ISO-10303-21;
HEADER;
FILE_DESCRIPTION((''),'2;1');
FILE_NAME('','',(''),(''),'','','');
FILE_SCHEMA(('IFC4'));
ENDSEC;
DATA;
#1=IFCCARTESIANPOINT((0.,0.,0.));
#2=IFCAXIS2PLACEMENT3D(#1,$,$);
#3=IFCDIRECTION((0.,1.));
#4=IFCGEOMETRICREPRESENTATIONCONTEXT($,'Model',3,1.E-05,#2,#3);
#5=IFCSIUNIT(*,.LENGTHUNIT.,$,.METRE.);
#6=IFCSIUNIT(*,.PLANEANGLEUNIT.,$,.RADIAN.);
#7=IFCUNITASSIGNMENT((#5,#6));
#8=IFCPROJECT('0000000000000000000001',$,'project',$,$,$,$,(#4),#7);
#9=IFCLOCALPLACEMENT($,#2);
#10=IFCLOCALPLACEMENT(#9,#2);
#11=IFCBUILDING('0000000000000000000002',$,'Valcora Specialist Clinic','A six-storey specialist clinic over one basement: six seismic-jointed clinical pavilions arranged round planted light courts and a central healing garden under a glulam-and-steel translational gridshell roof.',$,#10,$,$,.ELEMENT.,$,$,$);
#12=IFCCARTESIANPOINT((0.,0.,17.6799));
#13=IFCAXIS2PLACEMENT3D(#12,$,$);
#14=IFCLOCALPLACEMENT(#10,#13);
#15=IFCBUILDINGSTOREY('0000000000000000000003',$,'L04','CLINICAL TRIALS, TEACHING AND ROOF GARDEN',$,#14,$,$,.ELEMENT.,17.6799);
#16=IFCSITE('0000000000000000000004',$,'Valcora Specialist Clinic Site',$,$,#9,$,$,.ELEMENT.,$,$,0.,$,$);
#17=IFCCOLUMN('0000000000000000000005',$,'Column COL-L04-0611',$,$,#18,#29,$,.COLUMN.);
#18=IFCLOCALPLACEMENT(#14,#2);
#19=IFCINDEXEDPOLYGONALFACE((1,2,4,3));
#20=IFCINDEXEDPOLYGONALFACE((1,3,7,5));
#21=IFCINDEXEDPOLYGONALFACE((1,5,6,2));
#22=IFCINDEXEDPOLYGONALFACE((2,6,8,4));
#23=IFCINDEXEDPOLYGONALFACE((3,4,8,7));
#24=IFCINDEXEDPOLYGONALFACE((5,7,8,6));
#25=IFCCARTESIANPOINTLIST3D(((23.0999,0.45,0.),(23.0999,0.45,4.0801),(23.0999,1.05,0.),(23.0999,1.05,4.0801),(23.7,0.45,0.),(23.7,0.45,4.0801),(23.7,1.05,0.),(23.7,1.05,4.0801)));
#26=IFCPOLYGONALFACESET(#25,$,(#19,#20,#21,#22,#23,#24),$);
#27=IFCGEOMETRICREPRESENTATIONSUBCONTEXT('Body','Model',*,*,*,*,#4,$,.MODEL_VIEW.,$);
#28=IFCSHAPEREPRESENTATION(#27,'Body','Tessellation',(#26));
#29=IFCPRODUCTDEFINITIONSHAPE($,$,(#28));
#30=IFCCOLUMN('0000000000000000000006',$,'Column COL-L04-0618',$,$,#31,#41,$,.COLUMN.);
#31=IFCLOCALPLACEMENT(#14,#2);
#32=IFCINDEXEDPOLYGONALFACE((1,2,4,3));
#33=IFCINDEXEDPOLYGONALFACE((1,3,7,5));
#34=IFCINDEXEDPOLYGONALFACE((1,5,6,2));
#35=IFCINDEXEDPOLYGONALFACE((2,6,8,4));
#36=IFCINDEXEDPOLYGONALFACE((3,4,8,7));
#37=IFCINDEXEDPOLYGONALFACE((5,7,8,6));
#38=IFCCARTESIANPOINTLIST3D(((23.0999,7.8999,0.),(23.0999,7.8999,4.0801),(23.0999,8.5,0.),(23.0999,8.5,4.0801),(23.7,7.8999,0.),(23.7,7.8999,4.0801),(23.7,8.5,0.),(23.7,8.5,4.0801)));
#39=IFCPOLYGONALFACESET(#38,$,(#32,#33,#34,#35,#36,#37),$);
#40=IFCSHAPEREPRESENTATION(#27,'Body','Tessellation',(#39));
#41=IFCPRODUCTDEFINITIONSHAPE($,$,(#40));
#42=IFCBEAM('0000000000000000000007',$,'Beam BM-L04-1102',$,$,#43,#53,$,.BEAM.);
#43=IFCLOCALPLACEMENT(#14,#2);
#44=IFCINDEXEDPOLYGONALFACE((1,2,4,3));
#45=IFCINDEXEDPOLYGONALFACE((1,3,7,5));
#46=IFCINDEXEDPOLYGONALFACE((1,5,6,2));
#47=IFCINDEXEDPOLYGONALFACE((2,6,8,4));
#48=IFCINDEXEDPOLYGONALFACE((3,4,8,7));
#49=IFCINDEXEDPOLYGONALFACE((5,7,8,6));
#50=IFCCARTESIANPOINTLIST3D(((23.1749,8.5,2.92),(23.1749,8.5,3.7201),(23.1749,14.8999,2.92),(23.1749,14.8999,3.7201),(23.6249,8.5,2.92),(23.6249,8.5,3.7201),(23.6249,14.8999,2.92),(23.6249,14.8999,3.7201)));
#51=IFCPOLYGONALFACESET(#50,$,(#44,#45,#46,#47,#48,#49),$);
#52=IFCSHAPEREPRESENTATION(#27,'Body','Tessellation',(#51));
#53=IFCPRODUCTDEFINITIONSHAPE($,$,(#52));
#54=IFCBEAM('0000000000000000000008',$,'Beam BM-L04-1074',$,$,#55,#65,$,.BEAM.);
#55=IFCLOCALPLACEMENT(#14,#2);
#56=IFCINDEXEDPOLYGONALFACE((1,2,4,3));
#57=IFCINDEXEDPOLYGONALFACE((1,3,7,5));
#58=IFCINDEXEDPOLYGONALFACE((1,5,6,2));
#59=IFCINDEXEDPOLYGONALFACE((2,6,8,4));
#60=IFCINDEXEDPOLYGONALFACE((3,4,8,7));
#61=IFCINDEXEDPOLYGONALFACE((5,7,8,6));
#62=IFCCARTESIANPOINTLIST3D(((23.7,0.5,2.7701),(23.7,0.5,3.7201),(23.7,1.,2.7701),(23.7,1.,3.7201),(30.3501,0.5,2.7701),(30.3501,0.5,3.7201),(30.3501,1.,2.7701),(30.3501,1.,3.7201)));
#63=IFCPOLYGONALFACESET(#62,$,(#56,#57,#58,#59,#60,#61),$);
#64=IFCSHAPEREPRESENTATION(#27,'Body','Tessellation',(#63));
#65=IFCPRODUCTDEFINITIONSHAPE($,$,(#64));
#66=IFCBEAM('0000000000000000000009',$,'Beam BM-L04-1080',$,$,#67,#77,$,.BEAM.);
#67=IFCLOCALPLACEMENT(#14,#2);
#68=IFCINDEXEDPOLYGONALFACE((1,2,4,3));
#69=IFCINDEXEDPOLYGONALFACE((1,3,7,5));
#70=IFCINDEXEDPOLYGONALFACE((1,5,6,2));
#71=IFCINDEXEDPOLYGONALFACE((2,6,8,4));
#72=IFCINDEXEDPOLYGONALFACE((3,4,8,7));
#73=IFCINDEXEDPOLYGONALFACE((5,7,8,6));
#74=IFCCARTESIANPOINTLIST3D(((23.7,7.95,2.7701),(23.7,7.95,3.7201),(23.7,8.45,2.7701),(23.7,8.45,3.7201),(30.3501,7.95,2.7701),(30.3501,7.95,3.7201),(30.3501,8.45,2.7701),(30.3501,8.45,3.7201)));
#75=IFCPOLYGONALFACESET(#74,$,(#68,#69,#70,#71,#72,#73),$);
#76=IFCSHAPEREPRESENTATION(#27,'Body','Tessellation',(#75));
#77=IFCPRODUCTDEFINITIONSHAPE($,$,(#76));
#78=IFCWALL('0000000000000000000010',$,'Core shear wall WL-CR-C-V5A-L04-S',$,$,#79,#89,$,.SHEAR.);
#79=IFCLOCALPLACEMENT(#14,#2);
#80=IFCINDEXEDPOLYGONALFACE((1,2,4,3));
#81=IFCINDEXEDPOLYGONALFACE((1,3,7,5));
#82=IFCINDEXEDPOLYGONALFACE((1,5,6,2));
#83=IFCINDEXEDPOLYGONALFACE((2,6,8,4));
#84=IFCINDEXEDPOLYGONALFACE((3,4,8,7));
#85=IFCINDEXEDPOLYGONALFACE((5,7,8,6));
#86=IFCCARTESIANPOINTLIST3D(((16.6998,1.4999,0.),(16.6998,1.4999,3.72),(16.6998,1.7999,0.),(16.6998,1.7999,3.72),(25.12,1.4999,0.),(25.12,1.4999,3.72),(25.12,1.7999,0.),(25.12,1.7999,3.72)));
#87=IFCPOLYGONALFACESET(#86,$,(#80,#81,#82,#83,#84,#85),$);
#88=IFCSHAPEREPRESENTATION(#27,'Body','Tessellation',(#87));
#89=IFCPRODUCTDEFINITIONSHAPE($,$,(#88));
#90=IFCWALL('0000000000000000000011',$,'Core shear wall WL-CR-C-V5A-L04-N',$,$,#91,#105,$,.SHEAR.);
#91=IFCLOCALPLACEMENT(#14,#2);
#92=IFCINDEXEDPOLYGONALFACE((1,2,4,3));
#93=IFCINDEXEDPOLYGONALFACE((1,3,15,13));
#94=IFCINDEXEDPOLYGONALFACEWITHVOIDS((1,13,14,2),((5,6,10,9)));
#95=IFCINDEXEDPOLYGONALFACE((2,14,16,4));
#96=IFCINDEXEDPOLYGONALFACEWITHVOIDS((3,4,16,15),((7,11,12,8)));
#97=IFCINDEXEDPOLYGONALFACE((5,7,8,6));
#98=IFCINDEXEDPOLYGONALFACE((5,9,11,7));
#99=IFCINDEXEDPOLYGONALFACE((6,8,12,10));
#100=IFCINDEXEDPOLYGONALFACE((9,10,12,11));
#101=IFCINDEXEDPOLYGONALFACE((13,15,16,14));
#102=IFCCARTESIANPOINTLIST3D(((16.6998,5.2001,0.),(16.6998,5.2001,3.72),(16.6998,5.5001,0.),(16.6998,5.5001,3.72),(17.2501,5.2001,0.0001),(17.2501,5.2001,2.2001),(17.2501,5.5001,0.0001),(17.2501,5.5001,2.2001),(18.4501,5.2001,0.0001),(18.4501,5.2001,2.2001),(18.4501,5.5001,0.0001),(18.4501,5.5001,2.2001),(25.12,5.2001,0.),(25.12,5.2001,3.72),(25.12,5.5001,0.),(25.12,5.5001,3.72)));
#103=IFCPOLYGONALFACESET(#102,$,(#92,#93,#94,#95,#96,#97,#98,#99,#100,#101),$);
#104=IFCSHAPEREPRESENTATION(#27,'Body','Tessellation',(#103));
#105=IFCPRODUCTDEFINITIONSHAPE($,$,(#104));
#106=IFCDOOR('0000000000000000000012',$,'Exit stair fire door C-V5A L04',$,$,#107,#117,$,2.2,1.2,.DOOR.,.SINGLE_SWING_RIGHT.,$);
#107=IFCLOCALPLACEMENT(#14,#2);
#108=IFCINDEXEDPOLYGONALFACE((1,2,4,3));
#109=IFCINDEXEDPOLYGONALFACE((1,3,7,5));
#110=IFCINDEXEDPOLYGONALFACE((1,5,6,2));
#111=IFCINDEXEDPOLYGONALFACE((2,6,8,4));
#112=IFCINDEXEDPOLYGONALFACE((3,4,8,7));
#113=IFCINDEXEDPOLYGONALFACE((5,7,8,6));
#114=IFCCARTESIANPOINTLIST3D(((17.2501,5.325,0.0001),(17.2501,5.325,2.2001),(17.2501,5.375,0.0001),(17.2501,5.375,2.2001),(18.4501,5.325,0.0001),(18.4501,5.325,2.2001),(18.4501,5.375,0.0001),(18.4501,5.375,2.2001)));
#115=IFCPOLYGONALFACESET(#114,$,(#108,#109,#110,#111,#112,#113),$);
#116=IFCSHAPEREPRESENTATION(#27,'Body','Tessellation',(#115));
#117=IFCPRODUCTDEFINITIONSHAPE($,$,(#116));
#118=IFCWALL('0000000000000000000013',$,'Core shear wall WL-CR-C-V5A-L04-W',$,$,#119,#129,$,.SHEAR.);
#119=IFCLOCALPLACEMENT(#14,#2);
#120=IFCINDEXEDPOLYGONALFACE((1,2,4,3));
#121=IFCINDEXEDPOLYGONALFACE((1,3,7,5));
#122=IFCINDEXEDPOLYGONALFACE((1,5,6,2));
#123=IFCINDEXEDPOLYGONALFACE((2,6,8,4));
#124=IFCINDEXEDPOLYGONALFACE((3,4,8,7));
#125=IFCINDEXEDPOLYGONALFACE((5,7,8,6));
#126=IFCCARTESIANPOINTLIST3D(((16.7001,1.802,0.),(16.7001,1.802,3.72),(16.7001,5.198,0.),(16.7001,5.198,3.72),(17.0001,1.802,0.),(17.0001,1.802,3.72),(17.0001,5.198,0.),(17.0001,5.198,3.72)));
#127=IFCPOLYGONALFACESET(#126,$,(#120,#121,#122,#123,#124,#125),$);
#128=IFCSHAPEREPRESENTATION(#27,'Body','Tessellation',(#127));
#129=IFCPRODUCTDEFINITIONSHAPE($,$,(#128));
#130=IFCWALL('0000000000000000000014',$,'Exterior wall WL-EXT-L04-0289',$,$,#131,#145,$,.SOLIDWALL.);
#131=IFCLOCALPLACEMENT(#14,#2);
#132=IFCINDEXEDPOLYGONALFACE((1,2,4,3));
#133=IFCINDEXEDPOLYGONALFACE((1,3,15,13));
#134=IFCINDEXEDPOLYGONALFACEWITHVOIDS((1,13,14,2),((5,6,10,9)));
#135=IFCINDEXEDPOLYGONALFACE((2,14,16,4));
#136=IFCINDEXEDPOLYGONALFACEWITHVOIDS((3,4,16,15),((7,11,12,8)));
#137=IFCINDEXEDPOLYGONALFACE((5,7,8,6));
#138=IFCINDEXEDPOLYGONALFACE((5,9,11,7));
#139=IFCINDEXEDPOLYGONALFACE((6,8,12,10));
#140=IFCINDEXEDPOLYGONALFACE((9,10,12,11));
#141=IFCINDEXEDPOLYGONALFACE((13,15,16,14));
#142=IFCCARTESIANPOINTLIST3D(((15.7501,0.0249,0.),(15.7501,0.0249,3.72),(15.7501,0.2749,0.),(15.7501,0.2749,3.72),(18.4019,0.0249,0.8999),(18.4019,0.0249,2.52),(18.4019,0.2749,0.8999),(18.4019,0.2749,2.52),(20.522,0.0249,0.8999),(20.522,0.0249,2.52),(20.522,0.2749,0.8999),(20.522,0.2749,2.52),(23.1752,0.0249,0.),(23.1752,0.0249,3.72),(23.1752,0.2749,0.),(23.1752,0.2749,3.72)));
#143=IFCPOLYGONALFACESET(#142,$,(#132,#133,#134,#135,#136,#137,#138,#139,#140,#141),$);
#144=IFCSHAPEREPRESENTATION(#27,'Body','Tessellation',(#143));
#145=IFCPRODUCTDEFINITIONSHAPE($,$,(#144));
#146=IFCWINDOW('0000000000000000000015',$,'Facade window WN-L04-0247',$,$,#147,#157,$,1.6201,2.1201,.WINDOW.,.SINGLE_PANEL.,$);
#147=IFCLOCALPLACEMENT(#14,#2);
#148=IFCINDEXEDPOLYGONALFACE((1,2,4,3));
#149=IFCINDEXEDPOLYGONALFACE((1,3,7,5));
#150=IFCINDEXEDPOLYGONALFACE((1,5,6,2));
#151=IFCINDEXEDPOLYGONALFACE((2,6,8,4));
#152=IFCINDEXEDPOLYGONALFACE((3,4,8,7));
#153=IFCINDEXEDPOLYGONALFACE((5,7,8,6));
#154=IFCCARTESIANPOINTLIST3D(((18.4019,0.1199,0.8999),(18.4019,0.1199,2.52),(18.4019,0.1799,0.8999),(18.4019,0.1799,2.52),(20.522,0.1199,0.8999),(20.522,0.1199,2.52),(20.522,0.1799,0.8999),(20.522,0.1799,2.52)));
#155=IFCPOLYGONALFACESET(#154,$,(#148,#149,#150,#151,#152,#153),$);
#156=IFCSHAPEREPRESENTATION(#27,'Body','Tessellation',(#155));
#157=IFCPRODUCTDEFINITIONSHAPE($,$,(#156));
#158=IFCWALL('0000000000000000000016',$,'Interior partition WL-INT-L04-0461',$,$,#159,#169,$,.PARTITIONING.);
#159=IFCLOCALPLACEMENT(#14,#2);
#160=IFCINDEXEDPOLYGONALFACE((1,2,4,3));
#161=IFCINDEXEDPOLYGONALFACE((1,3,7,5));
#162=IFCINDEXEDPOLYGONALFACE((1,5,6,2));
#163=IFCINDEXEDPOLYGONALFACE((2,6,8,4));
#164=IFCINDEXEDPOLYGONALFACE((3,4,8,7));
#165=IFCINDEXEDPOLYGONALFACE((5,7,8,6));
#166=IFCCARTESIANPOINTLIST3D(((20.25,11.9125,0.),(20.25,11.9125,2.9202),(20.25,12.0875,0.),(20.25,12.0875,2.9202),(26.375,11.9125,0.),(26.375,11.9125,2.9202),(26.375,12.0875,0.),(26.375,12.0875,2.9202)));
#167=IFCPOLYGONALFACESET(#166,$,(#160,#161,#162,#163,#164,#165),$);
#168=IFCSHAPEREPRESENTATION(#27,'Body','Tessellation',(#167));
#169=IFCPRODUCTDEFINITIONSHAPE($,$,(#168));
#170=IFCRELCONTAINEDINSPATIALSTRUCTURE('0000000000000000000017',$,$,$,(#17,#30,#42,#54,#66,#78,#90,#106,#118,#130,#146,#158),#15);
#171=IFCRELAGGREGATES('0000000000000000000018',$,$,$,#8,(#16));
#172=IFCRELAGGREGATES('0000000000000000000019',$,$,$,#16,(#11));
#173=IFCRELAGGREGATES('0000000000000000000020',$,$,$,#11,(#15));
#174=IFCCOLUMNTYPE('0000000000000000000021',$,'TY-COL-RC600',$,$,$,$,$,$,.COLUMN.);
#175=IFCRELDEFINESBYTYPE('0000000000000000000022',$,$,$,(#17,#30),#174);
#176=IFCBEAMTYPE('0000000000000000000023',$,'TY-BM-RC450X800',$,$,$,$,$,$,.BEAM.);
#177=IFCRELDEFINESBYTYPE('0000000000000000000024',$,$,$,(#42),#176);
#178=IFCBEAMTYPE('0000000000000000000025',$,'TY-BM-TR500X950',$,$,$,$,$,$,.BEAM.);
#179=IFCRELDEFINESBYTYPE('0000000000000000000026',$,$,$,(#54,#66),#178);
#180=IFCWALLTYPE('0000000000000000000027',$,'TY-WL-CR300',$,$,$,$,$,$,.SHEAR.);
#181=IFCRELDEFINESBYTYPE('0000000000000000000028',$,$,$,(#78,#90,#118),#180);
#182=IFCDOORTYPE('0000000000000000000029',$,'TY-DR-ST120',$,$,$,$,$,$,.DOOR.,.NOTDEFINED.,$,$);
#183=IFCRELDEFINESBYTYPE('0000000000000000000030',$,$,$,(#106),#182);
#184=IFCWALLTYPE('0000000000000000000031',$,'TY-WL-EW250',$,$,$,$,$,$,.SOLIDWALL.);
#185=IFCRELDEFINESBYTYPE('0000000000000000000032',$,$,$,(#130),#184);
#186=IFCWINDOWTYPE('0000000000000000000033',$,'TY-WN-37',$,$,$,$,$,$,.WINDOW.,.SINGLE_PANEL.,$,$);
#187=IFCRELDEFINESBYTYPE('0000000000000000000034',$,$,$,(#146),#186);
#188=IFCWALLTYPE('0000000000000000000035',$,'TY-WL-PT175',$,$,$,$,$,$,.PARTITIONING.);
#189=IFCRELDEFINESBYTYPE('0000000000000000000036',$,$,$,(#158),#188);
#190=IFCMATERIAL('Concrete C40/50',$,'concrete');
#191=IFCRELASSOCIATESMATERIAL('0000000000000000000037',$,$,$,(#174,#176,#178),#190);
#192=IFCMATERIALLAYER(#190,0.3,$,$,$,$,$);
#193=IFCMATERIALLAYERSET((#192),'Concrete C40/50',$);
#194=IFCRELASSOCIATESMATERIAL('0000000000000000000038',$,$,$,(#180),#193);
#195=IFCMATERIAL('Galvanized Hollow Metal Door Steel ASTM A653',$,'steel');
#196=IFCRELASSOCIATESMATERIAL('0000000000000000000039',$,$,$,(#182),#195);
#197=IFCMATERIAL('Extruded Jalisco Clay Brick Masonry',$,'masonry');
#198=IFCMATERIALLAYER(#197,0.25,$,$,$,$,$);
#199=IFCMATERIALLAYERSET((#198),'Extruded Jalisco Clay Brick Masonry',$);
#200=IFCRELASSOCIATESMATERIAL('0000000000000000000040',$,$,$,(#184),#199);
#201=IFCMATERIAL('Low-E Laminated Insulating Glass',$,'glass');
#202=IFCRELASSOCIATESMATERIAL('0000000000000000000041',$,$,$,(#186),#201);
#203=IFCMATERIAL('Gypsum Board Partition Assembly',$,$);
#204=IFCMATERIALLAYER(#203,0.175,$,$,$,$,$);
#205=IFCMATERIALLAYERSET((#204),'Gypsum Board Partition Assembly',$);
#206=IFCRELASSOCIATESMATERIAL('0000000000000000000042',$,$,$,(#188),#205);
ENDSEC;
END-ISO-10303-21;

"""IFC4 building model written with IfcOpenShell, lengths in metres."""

from ifc_helpers import new_model, si_unit, direction, frame, frame_2d, origin, origin_2d, place, context, subcontext, project, spatial, rectangle, extrude, material, layer, layer_set, material_profile, profile_set, type_object, element, fill, save


model = new_model("IFC4")

# Units and contexts
model_context = context("Model", 3, precision=1e-05, world=origin(), true_north=direction((0.0, 1.0)))
body_context = subcontext(model_context, "Body", "Model", "MODEL_VIEW")
ifc_project = project(units=[si_unit("LENGTHUNIT", "METRE"), si_unit("PLANEANGLEUNIT", "RADIAN")], contexts=[model_context])

# Site, building, storey
site_placement = place(None, origin())
site = spatial("IfcSite", under=ifc_project, at=site_placement, Name="Valcora Specialist Clinic Site", CompositionType="ELEMENT", RefElevation=0.0)
building_placement = place(site_placement, origin())
building = spatial("IfcBuilding", under=site, at=building_placement, Name="Valcora Specialist Clinic", Description="A six-storey specialist clinic over one basement: six seismic-jointed clinical pavilions arranged round planted light courts and a central healing garden under a glulam-and-steel translational gridshell roof.", CompositionType="ELEMENT")
storey_placement = place(building_placement, frame((0.0, 0.0, 17.6799)))
storey = spatial("IfcBuildingStorey", under=building, at=storey_placement, Name="L04", Description="CLINICAL TRIALS, TEACHING AND ROOF GARDEN", CompositionType="ELEMENT", Elevation=17.6799)

# Columns
ifc_material_1 = material(Name="Concrete C40/50", Category="concrete")
ifc_material_profile_1 = material_profile(ifc_material_1, rectangle(XDim=0.6001, YDim=0.6001, at=origin_2d()), Name="RC-COL-600X600")
ifc_profile_set_1 = profile_set([ifc_material_profile_1], Name="Concrete C40/50")
column_type = type_object("IfcColumnType", Name="TY-COL-RC600", PredefinedType="COLUMN", material=ifc_profile_set_1)
for number, where, z_axis, x_axis, name in (
    (1, (23.3999, 0.75, 0.0), (0.0, 0.0, 1.0), (1.0, 0.0, 0.0), "Column COL-L04-0611"),
    (2, (23.3999, 8.2, 0.0), (0.0, 0.0, 1.0), (1.0, 0.0, 0.0), "Column COL-L04-0618"),
):
    element("IfcColumn", number, at=place(storey_placement, frame(where, z_axis=z_axis, x_axis=x_axis)), inside=storey, type_object=column_type, Name=name, PredefinedType="COLUMN", context=body_context, shape_type="SweptSolid", body=[
        extrude(rectangle(XDim=0.6001, YDim=0.6001, at=origin_2d()), origin(), (0.0, 0.0, 1.0), 4.0801),
    ])

# Beams
ifc_material_profile_2 = material_profile(ifc_material_1, rectangle(XDim=0.45, YDim=0.8, at=origin_2d()), Name="RC-BM-450X800")
ifc_profile_set_2 = profile_set([ifc_material_profile_2], Name="Concrete C40/50")
beam_type_1 = type_object("IfcBeamType", Name="TY-BM-RC450X800", PredefinedType="BEAM", material=ifc_profile_set_2)
beam_placement = place(storey_placement, frame((23.3999, 8.5, 3.3201), z_axis=(0.0, 1.0, 0.0), x_axis=(-1.0, 0.0, 0.0)))
element("IfcBeam", 3, at=beam_placement, inside=storey, type_object=beam_type_1, Name="Beam BM-L04-1102", PredefinedType="BEAM", context=body_context, shape_type="SweptSolid", body=[
    extrude(rectangle(XDim=0.45, YDim=0.8, at=origin_2d()), origin(), (0.0, 0.0, 1.0), 6.3999),
])
ifc_material_profile_3 = material_profile(ifc_material_1, rectangle(XDim=0.5, YDim=0.95, at=origin_2d()), Name="RC-BM-500X950")
ifc_profile_set_3 = profile_set([ifc_material_profile_3], Name="Concrete C40/50")
beam_type_2 = type_object("IfcBeamType", Name="TY-BM-TR500X950", PredefinedType="BEAM", material=ifc_profile_set_3)
for number, where, z_axis, x_axis, name in (
    (4, (23.7, 0.75, 3.2451), (1.0, 0.0, 0.0), (0.0, 1.0, 0.0), "Beam BM-L04-1074"),
    (5, (23.7, 8.2, 3.2451), (1.0, 0.0, 0.0), (0.0, 1.0, 0.0), "Beam BM-L04-1080"),
):
    element("IfcBeam", number, at=place(storey_placement, frame(where, z_axis=z_axis, x_axis=x_axis)), inside=storey, type_object=beam_type_2, Name=name, PredefinedType="BEAM", context=body_context, shape_type="SweptSolid", body=[
        extrude(rectangle(XDim=0.5, YDim=0.95, at=origin_2d()), origin(), (0.0, 0.0, 1.0), 6.6501),
    ])

# Wall
ifc_layer_1 = layer(ifc_material_1, 0.3)
ifc_layer_set_1 = layer_set([ifc_layer_1], Name="Concrete C40/50")
wall_type_1 = type_object("IfcWallType", Name="TY-WL-CR300", PredefinedType="SHEAR", material=ifc_layer_set_1)
wall_1_placement = place(storey_placement, frame((16.7, 1.6499, 0.0), z_axis=(0.0, 0.0, 1.0), x_axis=(1.0, 0.0, 0.0)))
element("IfcWall", 6, at=wall_1_placement, inside=storey, type_object=wall_type_1, Name="Core shear wall WL-CR-C-V5A-L04-S", PredefinedType="SHEAR", context=body_context, shape_type="SweptSolid", body=[
    extrude(rectangle(XDim=8.4202, YDim=0.3, at=frame_2d((4.21, 0.0))), origin(), (0.0, 0.0, 1.0), 3.72),
])

# Wall, opening, door
wall_2_placement = place(storey_placement, frame((16.7, 5.3501, 0.0), z_axis=(0.0, 0.0, 1.0), x_axis=(1.0, 0.0, 0.0)))
wall_2 = element("IfcWall", 7, at=wall_2_placement, inside=storey, type_object=wall_type_1, Name="Core shear wall WL-CR-C-V5A-L04-N", PredefinedType="SHEAR", context=body_context, shape_type="SweptSolid", body=[
    extrude(rectangle(XDim=8.4202, YDim=0.3, at=frame_2d((4.21, 0.0))), origin(), (0.0, 0.0, 1.0), 3.72),
])
opening_1_placement = place(wall_2_placement, frame((0.55, 0.0, 0.0)))
opening_1 = element("IfcOpeningElement", 8, at=opening_1_placement, cuts=wall_2, PredefinedType="OPENING", context=body_context, shape_type="SweptSolid", body=[
    extrude(rectangle(XDim=1.2, YDim=2.2, at=frame_2d((0.6001, 1.1001))), frame((0.0, 0.1599, 0.0), z_axis=(0.0, -1.0, 0.0), x_axis=(1.0, 0.0, 0.0)), (0.0, 0.0, 1.0), 0.3201),
])
ifc_material_2 = material(Name="Galvanized Hollow Metal Door Steel ASTM A653", Category="steel")
door_type_1 = type_object("IfcDoorType", Name="TY-DR-ST120", OperationType="NOTDEFINED", PredefinedType="DOOR", material=ifc_material_2)
door_1_placement = place(opening_1_placement, origin())
door_1 = element("IfcDoor", 9, at=door_1_placement, inside=storey, type_object=door_type_1, Name="Exit stair fire door C-V5A L04", OperationType="SINGLE_SWING_RIGHT", OverallHeight=2.2, OverallWidth=1.2, PredefinedType="DOOR", context=body_context, shape_type="SweptSolid", body=[
    extrude(rectangle(XDim=1.2, YDim=2.2, at=frame_2d((0.6001, 1.1001))), frame((0.0, 0.0249, 0.0), z_axis=(0.0, -1.0, 0.0), x_axis=(1.0, 0.0, 0.0)), (0.0, 0.0, 1.0), 0.05),
])
fill(opening_1, door_1)

# Wall
wall_3_placement = place(storey_placement, frame((16.8501, 1.802, 0.0), z_axis=(0.0, 0.0, 1.0), x_axis=(0.0, 1.0, 0.0)))
element("IfcWall", 10, at=wall_3_placement, inside=storey, type_object=wall_type_1, Name="Core shear wall WL-CR-C-V5A-L04-W", PredefinedType="SHEAR", context=body_context, shape_type="SweptSolid", body=[
    extrude(rectangle(XDim=3.396, YDim=0.3, at=frame_2d((1.698, 0.0))), origin(), (0.0, 0.0, 1.0), 3.72),
])

# Wall, opening, window
ifc_material_3 = material(Name="Extruded Jalisco Clay Brick Masonry", Category="masonry")
ifc_layer_2 = layer(ifc_material_3, 0.25)
ifc_layer_set_2 = layer_set([ifc_layer_2], Name="Extruded Jalisco Clay Brick Masonry")
wall_type_2 = type_object("IfcWallType", Name="TY-WL-EW250", PredefinedType="SOLIDWALL", material=ifc_layer_set_2)
wall_4_placement = place(storey_placement, frame((23.175, 0.1499, 0.0), z_axis=(0.0, 0.0, 1.0), x_axis=(-1.0, 0.0, 0.0)))
wall_4 = element("IfcWall", 11, at=wall_4_placement, inside=storey, type_object=wall_type_2, Name="Exterior wall WL-EXT-L04-0289", PredefinedType="SOLIDWALL", context=body_context, shape_type="SweptSolid", body=[
    extrude(rectangle(XDim=7.425, YDim=0.25, at=frame_2d((3.7124, 0.0))), origin(), (0.0, 0.0, 1.0), 3.72),
])
opening_2_placement = place(wall_4_placement, frame((2.6531, 0.0, 0.8999)))
opening_2 = element("IfcOpeningElement", 12, at=opening_2_placement, cuts=wall_4, PredefinedType="OPENING", context=body_context, shape_type="SweptSolid", body=[
    extrude(rectangle(XDim=2.1201, YDim=1.6201, at=frame_2d((1.0601, 0.8101))), frame((0.0, 0.135, 0.0), z_axis=(0.0, -1.0, 0.0), x_axis=(1.0, 0.0, 0.0)), (0.0, 0.0, 1.0), 0.27),
])
ifc_material_4 = material(Name="Low-E Laminated Insulating Glass", Category="glass")
window_type = type_object("IfcWindowType", Name="TY-WN-37", PartitioningType="SINGLE_PANEL", PredefinedType="WINDOW", material=ifc_material_4)
window_placement = place(opening_2_placement, origin())
window = element("IfcWindow", 13, at=window_placement, inside=storey, type_object=window_type, Name="Facade window WN-L04-0247", OverallHeight=1.6201, OverallWidth=2.1201, PartitioningType="SINGLE_PANEL", PredefinedType="WINDOW", context=body_context, shape_type="SweptSolid", body=[
    extrude(rectangle(XDim=2.1201, YDim=1.6201, at=frame_2d((1.0601, 0.8101))), frame((0.0, 0.03, 0.0), z_axis=(0.0, -1.0, 0.0), x_axis=(1.0, 0.0, 0.0)), (0.0, 0.0, 1.0), 0.0601),
])
fill(opening_2, window)

# Wall
ifc_material_5 = material(Name="Gypsum Board Partition Assembly")
ifc_layer_3 = layer(ifc_material_5, 0.175)
ifc_layer_set_3 = layer_set([ifc_layer_3], Name="Gypsum Board Partition Assembly")
wall_type_3 = type_object("IfcWallType", Name="TY-WL-PT175", PredefinedType="PARTITIONING", material=ifc_layer_set_3)
wall_5_placement = place(storey_placement, frame((20.25, 12.0, 0.0), z_axis=(0.0, 0.0, 1.0), x_axis=(1.0, 0.0, 0.0)))
element("IfcWall", 14, at=wall_5_placement, inside=storey, type_object=wall_type_3, Name="Interior partition WL-INT-L04-0461", PredefinedType="PARTITIONING", context=body_context, shape_type="SweptSolid", body=[
    extrude(rectangle(XDim=6.125, YDim=0.175, at=frame_2d((3.0625, 0.0))), origin(), (0.0, 0.0, 1.0), 2.9202),
])

save(model, "model.ifc")
